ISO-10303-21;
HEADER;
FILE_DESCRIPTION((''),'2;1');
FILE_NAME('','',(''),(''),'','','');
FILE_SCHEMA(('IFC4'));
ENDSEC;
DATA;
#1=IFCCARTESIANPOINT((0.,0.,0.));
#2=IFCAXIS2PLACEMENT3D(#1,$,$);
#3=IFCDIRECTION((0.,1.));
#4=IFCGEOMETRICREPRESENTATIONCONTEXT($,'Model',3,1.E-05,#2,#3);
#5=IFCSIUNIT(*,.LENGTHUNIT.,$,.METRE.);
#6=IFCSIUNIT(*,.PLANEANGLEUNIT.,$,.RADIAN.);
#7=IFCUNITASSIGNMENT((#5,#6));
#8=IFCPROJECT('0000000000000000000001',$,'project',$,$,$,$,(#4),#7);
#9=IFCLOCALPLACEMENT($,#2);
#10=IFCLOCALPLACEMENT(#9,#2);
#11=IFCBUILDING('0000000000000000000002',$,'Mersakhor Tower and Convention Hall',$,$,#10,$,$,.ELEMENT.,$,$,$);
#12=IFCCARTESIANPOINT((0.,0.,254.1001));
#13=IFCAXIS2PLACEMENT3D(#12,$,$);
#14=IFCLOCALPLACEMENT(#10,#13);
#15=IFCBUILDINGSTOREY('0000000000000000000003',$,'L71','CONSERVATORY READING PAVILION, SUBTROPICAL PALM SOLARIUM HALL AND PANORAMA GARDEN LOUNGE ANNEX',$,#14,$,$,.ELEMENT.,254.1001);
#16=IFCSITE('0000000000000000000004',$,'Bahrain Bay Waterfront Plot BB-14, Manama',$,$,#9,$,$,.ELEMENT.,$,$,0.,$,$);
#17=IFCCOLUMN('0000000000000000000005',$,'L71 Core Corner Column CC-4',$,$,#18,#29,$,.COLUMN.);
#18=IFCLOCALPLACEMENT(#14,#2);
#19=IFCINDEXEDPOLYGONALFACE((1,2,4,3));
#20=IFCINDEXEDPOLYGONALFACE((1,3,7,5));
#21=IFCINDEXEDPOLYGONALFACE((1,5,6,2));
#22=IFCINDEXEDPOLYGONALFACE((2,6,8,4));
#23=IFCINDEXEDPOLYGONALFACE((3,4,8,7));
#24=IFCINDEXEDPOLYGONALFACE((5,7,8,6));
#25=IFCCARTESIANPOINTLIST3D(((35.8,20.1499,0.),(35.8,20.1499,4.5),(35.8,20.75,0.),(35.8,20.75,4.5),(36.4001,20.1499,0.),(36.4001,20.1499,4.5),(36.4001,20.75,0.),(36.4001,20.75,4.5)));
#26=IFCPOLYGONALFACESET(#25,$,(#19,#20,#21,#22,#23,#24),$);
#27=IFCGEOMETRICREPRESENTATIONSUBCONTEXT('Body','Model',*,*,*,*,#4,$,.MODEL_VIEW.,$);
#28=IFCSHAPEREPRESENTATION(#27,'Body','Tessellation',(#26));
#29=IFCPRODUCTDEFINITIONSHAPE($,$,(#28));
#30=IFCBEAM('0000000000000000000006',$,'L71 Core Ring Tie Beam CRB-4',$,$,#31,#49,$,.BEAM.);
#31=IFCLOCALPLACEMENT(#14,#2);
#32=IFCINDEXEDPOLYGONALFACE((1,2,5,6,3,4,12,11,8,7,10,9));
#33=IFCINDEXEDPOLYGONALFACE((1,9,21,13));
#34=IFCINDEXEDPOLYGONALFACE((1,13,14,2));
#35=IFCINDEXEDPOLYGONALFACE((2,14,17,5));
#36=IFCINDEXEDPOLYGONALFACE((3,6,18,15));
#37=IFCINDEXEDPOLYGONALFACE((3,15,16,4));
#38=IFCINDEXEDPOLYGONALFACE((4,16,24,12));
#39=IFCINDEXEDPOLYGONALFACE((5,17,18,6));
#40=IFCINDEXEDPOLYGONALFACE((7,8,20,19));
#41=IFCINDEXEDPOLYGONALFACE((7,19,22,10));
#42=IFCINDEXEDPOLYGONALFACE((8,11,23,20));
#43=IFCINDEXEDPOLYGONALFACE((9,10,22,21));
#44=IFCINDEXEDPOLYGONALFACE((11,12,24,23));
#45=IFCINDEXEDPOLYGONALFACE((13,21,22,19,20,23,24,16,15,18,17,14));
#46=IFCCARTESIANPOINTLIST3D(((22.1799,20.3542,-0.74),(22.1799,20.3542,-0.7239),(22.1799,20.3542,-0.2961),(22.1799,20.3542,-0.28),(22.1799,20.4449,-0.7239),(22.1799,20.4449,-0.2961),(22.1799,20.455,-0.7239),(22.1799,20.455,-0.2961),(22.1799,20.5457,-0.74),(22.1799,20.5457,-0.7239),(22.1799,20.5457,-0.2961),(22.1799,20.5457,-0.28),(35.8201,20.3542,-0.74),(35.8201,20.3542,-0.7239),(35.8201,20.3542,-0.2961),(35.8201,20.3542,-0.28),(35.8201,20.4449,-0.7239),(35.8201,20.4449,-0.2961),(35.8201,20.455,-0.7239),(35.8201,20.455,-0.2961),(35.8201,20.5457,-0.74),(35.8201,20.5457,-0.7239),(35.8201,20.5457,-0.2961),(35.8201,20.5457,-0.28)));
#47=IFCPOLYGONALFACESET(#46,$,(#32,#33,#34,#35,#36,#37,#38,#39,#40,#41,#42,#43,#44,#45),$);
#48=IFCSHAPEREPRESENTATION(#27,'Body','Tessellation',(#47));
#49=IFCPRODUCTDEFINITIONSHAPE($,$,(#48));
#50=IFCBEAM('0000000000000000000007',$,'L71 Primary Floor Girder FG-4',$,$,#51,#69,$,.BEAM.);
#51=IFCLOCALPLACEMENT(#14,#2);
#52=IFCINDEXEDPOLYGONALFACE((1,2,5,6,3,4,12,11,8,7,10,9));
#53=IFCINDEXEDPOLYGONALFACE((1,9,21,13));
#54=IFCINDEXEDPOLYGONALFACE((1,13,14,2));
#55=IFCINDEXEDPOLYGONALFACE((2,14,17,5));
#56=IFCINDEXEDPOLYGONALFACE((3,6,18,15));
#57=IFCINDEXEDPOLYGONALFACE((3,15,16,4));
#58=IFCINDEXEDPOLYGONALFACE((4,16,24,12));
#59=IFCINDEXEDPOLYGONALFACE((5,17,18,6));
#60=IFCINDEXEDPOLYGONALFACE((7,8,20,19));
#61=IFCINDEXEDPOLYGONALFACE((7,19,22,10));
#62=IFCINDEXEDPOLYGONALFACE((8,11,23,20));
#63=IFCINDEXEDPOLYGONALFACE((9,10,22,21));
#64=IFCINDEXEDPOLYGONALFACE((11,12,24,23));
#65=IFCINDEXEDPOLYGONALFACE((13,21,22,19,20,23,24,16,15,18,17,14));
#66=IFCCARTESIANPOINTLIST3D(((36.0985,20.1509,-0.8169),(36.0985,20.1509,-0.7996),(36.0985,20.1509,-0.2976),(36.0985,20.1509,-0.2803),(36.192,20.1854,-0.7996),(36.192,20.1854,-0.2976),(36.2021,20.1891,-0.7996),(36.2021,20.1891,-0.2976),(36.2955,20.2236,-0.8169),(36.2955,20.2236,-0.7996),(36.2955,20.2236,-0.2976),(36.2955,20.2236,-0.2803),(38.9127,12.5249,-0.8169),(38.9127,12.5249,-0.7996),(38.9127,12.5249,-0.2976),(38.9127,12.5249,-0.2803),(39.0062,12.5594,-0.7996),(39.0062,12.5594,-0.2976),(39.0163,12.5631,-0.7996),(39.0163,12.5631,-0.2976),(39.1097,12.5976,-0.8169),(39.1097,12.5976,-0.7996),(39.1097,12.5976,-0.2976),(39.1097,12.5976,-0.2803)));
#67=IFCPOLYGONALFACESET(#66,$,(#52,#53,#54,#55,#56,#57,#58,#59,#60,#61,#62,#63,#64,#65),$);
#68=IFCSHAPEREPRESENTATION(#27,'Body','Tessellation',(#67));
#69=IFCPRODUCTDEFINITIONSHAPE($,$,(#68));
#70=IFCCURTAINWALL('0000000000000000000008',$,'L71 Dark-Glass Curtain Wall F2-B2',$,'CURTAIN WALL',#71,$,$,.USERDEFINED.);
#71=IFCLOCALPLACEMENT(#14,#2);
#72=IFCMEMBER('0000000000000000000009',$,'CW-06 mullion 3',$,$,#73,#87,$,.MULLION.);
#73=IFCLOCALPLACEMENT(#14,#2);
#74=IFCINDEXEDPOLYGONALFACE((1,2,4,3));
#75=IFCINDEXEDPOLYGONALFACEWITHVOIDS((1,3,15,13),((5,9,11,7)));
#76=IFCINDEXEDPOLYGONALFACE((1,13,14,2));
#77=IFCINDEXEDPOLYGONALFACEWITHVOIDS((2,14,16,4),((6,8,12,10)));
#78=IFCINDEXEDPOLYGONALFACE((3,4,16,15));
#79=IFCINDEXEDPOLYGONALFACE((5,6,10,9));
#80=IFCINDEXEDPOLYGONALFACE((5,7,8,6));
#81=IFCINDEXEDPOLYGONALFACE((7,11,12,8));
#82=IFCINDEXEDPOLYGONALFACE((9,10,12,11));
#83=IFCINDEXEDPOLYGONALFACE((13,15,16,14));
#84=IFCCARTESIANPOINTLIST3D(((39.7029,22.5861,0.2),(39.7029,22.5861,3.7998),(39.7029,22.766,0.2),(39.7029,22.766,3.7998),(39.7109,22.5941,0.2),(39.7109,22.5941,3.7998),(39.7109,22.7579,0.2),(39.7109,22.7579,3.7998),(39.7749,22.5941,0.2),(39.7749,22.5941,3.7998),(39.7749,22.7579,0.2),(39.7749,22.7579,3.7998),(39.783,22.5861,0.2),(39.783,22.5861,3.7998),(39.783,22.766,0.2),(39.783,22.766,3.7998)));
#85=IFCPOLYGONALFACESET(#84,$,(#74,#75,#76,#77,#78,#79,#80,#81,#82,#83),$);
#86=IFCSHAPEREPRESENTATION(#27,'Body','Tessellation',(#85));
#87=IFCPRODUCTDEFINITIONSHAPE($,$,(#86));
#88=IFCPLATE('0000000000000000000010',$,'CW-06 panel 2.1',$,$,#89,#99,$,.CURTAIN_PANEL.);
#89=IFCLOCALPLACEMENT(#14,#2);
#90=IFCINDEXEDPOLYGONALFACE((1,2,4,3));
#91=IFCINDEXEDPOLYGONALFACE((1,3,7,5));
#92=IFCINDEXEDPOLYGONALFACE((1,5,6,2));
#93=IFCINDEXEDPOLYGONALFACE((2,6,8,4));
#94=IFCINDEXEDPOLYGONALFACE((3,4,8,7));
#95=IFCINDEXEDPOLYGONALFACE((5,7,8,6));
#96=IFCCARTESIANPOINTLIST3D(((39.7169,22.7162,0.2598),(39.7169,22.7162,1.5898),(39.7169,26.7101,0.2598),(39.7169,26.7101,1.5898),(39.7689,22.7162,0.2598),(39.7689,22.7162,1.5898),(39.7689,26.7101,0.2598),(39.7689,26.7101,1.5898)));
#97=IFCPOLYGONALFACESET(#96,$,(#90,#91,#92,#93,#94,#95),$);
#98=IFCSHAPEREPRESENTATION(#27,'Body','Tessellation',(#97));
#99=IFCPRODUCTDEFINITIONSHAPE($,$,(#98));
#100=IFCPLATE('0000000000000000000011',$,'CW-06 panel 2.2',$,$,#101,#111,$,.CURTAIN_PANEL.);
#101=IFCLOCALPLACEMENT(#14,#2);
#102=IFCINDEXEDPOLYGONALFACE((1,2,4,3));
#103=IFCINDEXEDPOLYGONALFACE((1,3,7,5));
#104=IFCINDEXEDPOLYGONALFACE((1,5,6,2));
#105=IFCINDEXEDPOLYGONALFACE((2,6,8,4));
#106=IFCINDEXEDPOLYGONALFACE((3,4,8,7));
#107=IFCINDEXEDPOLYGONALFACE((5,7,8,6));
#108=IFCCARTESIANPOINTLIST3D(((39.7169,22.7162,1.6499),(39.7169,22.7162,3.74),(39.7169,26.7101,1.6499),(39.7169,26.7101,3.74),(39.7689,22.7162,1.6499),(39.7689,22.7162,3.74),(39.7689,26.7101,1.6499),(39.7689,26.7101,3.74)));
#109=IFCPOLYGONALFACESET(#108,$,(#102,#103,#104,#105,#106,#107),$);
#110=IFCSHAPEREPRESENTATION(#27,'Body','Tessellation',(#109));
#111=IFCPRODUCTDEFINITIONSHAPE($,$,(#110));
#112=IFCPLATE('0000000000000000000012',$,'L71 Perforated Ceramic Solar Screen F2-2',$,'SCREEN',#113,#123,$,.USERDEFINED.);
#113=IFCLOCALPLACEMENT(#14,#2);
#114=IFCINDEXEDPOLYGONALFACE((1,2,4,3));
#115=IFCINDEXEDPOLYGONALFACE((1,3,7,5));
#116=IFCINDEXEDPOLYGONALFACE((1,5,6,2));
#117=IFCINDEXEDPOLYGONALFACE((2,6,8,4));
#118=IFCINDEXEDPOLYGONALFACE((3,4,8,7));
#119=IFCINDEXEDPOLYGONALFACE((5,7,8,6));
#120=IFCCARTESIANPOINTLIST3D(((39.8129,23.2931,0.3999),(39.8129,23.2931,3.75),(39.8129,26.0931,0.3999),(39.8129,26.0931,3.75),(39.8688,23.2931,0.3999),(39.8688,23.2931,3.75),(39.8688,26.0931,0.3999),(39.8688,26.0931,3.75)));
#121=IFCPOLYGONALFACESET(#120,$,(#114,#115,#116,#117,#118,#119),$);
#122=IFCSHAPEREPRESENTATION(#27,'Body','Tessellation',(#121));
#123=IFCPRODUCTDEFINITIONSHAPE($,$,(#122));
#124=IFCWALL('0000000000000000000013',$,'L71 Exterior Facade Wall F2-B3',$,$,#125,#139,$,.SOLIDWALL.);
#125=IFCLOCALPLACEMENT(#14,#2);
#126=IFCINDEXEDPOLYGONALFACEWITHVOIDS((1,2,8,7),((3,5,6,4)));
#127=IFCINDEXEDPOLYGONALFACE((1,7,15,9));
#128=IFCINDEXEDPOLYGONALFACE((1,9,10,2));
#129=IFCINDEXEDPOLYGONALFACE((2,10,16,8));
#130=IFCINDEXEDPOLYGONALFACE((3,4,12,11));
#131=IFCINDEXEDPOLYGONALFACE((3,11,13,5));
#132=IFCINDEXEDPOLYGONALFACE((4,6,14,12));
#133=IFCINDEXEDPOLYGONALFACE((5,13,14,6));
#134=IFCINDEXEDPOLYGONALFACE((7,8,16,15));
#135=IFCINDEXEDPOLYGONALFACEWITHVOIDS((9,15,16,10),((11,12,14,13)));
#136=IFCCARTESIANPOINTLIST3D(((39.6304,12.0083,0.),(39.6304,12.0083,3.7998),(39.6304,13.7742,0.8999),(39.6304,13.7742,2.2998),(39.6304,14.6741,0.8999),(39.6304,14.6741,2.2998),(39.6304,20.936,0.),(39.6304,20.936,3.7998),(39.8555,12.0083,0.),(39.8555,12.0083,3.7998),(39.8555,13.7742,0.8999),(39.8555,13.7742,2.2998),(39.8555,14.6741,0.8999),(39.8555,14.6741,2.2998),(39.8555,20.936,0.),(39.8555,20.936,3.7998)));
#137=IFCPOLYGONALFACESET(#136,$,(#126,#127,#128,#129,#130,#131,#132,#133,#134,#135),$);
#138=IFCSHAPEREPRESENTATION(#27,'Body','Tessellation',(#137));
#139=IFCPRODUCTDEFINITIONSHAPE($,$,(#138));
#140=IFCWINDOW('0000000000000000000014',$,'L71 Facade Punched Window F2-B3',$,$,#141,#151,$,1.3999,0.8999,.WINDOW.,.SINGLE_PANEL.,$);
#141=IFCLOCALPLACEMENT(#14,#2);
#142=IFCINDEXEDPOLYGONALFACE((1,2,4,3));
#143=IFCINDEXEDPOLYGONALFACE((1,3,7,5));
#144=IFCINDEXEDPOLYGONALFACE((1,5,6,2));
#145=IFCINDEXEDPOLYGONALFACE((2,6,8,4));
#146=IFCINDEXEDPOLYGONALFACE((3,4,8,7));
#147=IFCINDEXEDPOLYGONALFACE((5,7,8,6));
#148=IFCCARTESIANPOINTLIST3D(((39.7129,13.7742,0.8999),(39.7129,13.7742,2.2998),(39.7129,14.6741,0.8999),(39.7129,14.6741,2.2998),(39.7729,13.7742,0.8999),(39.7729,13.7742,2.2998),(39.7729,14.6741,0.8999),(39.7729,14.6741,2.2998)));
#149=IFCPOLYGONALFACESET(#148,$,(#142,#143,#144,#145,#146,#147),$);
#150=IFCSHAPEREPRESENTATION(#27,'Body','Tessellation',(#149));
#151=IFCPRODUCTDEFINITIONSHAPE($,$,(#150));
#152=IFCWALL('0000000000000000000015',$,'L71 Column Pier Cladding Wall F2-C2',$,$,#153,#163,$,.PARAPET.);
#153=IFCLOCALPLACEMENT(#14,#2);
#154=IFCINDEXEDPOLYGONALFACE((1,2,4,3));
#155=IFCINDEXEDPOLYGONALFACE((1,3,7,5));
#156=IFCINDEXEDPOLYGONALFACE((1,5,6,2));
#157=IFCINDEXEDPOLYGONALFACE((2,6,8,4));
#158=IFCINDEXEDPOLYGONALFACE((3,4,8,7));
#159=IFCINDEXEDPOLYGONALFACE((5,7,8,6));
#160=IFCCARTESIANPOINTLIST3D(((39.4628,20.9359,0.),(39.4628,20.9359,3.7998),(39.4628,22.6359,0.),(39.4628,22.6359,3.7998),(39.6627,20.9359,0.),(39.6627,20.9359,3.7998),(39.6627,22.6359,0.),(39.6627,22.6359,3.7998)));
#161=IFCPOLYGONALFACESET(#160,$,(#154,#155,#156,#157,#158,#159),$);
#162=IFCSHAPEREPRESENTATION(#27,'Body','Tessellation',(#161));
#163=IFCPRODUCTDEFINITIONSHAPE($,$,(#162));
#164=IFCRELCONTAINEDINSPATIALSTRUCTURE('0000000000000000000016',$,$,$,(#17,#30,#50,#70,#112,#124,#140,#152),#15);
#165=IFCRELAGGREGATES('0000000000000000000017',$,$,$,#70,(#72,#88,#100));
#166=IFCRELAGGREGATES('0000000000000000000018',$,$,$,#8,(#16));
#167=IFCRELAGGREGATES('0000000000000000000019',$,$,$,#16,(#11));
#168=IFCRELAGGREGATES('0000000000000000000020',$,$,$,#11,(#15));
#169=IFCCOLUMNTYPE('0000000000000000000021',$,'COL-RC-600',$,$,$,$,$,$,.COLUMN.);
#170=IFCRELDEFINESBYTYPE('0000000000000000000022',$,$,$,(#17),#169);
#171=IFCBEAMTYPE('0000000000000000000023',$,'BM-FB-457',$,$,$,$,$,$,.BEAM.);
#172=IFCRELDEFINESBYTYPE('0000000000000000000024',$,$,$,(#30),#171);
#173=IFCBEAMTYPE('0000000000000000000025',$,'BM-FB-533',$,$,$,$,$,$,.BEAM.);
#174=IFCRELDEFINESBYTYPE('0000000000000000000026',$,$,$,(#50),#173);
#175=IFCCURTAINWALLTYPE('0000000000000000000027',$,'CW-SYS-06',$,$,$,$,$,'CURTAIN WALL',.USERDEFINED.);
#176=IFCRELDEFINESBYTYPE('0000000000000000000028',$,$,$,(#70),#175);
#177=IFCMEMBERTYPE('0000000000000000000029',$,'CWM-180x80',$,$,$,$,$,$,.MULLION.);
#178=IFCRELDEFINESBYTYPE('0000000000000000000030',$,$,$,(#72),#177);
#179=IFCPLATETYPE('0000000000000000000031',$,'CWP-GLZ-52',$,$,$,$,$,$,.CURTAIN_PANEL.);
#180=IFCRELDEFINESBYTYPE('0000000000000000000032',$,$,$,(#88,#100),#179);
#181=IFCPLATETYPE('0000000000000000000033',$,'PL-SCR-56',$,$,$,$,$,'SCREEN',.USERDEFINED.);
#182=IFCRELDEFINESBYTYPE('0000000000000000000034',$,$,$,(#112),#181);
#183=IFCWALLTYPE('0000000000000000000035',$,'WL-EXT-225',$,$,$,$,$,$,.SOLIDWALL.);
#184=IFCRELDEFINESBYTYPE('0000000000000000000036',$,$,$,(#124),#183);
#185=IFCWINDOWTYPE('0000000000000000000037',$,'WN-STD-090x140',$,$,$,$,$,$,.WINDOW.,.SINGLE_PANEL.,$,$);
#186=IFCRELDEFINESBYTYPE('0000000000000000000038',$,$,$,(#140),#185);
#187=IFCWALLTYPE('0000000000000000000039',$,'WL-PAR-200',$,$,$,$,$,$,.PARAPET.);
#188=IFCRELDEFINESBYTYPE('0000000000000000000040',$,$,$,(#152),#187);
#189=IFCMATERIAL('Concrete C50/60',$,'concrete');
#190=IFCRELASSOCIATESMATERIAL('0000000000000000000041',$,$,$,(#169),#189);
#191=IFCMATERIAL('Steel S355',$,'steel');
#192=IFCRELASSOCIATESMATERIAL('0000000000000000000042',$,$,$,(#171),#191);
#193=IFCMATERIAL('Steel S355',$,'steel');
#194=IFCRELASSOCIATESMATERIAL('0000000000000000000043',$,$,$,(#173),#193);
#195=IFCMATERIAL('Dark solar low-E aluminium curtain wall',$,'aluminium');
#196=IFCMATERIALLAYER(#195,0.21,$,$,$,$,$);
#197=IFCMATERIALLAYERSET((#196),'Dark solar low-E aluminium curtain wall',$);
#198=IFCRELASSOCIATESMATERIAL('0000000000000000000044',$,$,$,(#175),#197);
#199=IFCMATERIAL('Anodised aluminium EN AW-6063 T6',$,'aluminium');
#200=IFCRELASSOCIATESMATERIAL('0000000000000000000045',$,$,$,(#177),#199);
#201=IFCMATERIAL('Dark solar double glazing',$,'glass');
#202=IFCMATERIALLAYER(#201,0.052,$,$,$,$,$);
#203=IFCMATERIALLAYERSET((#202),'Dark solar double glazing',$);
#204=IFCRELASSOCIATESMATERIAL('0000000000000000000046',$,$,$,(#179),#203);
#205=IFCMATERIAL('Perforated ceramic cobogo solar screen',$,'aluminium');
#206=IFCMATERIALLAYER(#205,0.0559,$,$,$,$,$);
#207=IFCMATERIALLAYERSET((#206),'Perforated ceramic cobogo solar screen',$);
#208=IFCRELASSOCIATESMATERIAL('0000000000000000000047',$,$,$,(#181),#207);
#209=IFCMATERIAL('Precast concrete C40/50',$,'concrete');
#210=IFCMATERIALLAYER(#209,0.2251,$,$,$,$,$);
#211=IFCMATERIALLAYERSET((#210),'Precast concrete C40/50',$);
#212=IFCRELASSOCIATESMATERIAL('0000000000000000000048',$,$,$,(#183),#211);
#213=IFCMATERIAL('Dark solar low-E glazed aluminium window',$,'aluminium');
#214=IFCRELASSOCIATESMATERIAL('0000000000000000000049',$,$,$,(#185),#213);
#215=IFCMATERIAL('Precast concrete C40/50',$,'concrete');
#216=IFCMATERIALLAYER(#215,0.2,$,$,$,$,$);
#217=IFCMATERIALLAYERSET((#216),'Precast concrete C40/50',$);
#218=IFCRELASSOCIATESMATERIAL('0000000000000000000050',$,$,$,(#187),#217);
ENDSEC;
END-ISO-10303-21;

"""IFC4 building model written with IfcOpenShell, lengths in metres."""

from ifc_helpers import new_model, si_unit, direction, frame, frame_2d, origin, origin_2d, place, context, subcontext, project, spatial, rectangle, hollow_rectangle, i_section, extrude, material, layer, layer_set, material_profile, profile_set, type_object, element, fill, aggregate, save


model = new_model("IFC4")

# Units and contexts
model_context = context("Model", 3, precision=1e-05, world=origin(), true_north=direction((0.0, 1.0)))
body_context = subcontext(model_context, "Body", "Model", "MODEL_VIEW")
ifc_project = project(units=[si_unit("LENGTHUNIT", "METRE"), si_unit("PLANEANGLEUNIT", "RADIAN")], contexts=[model_context])

# Site, building, storey
site_placement = place(None, origin())
site = spatial("IfcSite", under=ifc_project, at=site_placement, Name="Bahrain Bay Waterfront Plot BB-14, Manama", CompositionType="ELEMENT", RefElevation=0.0)
building_placement = place(site_placement, origin())
building = spatial("IfcBuilding", under=site, at=building_placement, Name="Mersakhor Tower and Convention Hall", CompositionType="ELEMENT")
storey_placement = place(building_placement, frame((0.0, 0.0, 254.1001)))
storey = spatial("IfcBuildingStorey", under=building, at=storey_placement, Name="L71", Description="CONSERVATORY READING PAVILION, SUBTROPICAL PALM SOLARIUM HALL AND PANORAMA GARDEN LOUNGE ANNEX", CompositionType="ELEMENT", Elevation=254.1001)

# Column
ifc_material_1 = material(Name="Concrete C50/60", Category="concrete")
ifc_material_profile_1 = material_profile(ifc_material_1, rectangle(XDim=0.6001, YDim=0.6001, at=origin_2d()), Name="RC 600x600")
ifc_profile_set_1 = profile_set([ifc_material_profile_1], Name="Concrete C50/60")
column_type = type_object("IfcColumnType", Name="COL-RC-600", PredefinedType="COLUMN", material=ifc_profile_set_1)
column_placement = place(storey_placement, frame((36.1001, 20.45, 0.0), z_axis=(0.0, 0.0, 1.0), x_axis=(1.0, 0.0, 0.0)))
element("IfcColumn", 1, at=column_placement, inside=storey, type_object=column_type, Name="L71 Core Corner Column CC-4", PredefinedType="COLUMN", context=body_context, shape_type="SweptSolid", body=[
    extrude(rectangle(XDim=0.6001, YDim=0.6001, at=origin_2d()), origin(), (0.0, 0.0, 1.0), 4.5),
])

# Beams
ifc_material_2 = material(Name="Steel S355", Category="steel")
ifc_material_profile_2 = material_profile(ifc_material_2, i_section(OverallWidth=0.1914, OverallDepth=0.46, WebThickness=0.01, FlangeThickness=0.0161, at=origin_2d()), Name="UB 457x191x82")
ifc_profile_set_2 = profile_set([ifc_material_profile_2], Name="Steel S355")
beam_type_1 = type_object("IfcBeamType", Name="BM-FB-457", PredefinedType="BEAM", material=ifc_profile_set_2)
beam_1_placement = place(storey_placement, frame((35.8201, 20.45, -0.51), z_axis=(-1.0, 0.0, 0.0), x_axis=(0.0, -1.0, 0.0)))
element("IfcBeam", 2, at=beam_1_placement, inside=storey, type_object=beam_type_1, Name="L71 Core Ring Tie Beam CRB-4", PredefinedType="BEAM", context=body_context, shape_type="SweptSolid", body=[
    extrude(i_section(OverallWidth=0.1914, OverallDepth=0.46, WebThickness=0.01, FlangeThickness=0.0161, at=origin_2d()), origin(), (0.0, 0.0, 1.0), 13.6401),
])
ifc_material_3 = material(Name="Steel S355", Category="steel")
ifc_material_profile_3 = material_profile(ifc_material_3, i_section(OverallWidth=0.21, OverallDepth=0.5366, WebThickness=0.0107, FlangeThickness=0.0173, at=origin_2d()), Name="UB 533x210x101")
ifc_profile_set_3 = profile_set([ifc_material_profile_3], Name="Steel S355")
beam_type_2 = type_object("IfcBeamType", Name="BM-FB-533", PredefinedType="BEAM", material=ifc_profile_set_3)
beam_2_placement = place(storey_placement, frame((36.197, 20.1873, -0.5486), z_axis=(0.346208, -0.938158, 0.0), x_axis=(0.938158, 0.346208, 0.0)))
element("IfcBeam", 3, at=beam_2_placement, inside=storey, type_object=beam_type_2, Name="L71 Primary Floor Girder FG-4", PredefinedType="BEAM", context=body_context, shape_type="SweptSolid", body=[
    extrude(i_section(OverallWidth=0.21, OverallDepth=0.5366, WebThickness=0.0107, FlangeThickness=0.0173, at=origin_2d()), origin(), (0.0, 0.0, 1.0), 8.1287),
])

# Curtain wall, member, plates
ifc_material_4 = material(Name="Dark solar low-E aluminium curtain wall", Category="aluminium")
ifc_layer_1 = layer(ifc_material_4, 0.21)
ifc_layer_set_1 = layer_set([ifc_layer_1], Name="Dark solar low-E aluminium curtain wall")
curtain_wall_type = type_object("IfcCurtainWallType", Name="CW-SYS-06", ElementType="CURTAIN WALL", PredefinedType="USERDEFINED", material=ifc_layer_set_1)
curtain_wall_placement = place(storey_placement, origin())
curtain_wall = element("IfcCurtainWall", 4, at=curtain_wall_placement, inside=storey, type_object=curtain_wall_type, Name="L71 Dark-Glass Curtain Wall F2-B2", ObjectType="CURTAIN WALL", PredefinedType="USERDEFINED")
ifc_material_5 = material(Name="Anodised aluminium EN AW-6063 T6", Category="aluminium")
ifc_material_profile_4 = material_profile(ifc_material_5, hollow_rectangle(XDim=0.0801, YDim=0.1799, WallThickness=0.0081, at=origin_2d()), Name="RHS 180x80x8")
ifc_profile_set_4 = profile_set([ifc_material_profile_4], Name="Anodised aluminium EN AW-6063 T6")
member_type = type_object("IfcMemberType", Name="CWM-180x80", PredefinedType="MULLION", material=ifc_profile_set_4)
member_placement = place(storey_placement, frame((39.7429, 22.676, 0.2), z_axis=(0.0, 0.0, 1.0), x_axis=(1.0, 0.0, 0.0)))
member = element("IfcMember", 5, at=member_placement, type_object=member_type, Name="CW-06 mullion 3", PredefinedType="MULLION", context=body_context, shape_type="SweptSolid", body=[
    extrude(hollow_rectangle(XDim=0.0801, YDim=0.1799, WallThickness=0.0081, at=origin_2d()), origin(), (0.0, 0.0, 1.0), 3.5999),
])
ifc_material_6 = material(Name="Dark solar double glazing", Category="glass")
ifc_layer_2 = layer(ifc_material_6, 0.052)
ifc_layer_set_2 = layer_set([ifc_layer_2], Name="Dark solar double glazing")
plate_type_1 = type_object("IfcPlateType", Name="CWP-GLZ-52", PredefinedType="CURTAIN_PANEL", material=ifc_layer_set_2)
plate_1_placement = place(storey_placement, frame((39.7429, 24.7131, 0.2598), z_axis=(0.0, 0.0, 1.0), x_axis=(0.0, -1.0, 0.0)))
plate_1 = element("IfcPlate", 6, at=plate_1_placement, type_object=plate_type_1, Name="CW-06 panel 2.1", PredefinedType="CURTAIN_PANEL", context=body_context, shape_type="SweptSolid", body=[
    extrude(rectangle(XDim=3.9939, YDim=0.052, at=origin_2d()), origin(), (0.0, 0.0, 1.0), 1.3301),
])
plate_2_placement = place(storey_placement, frame((39.7429, 24.7131, 1.6499), z_axis=(0.0, 0.0, 1.0), x_axis=(0.0, -1.0, 0.0)))
plate_2 = element("IfcPlate", 7, at=plate_2_placement, type_object=plate_type_1, Name="CW-06 panel 2.2", PredefinedType="CURTAIN_PANEL", context=body_context, shape_type="SweptSolid", body=[
    extrude(rectangle(XDim=3.9939, YDim=0.052, at=origin_2d()), origin(), (0.0, 0.0, 1.0), 2.0901),
])
aggregate(curtain_wall, [member, plate_1, plate_2])

# Plate
ifc_material_7 = material(Name="Perforated ceramic cobogo solar screen", Category="aluminium")
ifc_layer_3 = layer(ifc_material_7, 0.0559)
ifc_layer_set_3 = layer_set([ifc_layer_3], Name="Perforated ceramic cobogo solar screen")
plate_type_2 = type_object("IfcPlateType", Name="PL-SCR-56", ElementType="SCREEN", PredefinedType="USERDEFINED", material=ifc_layer_set_3)
plate_3_placement = place(storey_placement, frame((39.8408, 24.6931, 0.3999), z_axis=(0.0, 0.0, 1.0), x_axis=(0.0, -1.0, 0.0)))
element("IfcPlate", 8, at=plate_3_placement, inside=storey, type_object=plate_type_2, Name="L71 Perforated Ceramic Solar Screen F2-2", ObjectType="SCREEN", PredefinedType="USERDEFINED", context=body_context, shape_type="SweptSolid", body=[
    extrude(rectangle(XDim=2.8, YDim=0.0559, at=origin_2d()), origin(), (0.0, 0.0, 1.0), 3.3501),
])

# Wall, opening, window
ifc_material_8 = material(Name="Precast concrete C40/50", Category="concrete")
ifc_layer_4 = layer(ifc_material_8, 0.2251)
ifc_layer_set_4 = layer_set([ifc_layer_4], Name="Precast concrete C40/50")
wall_type_1 = type_object("IfcWallType", Name="WL-EXT-225", PredefinedType="SOLIDWALL", material=ifc_layer_set_4)
wall_1_placement = place(storey_placement, frame((39.7429, 20.936, 0.0), z_axis=(0.0, 0.0, 1.0), x_axis=(0.0, -1.0, 0.0)))
wall_1 = element("IfcWall", 9, at=wall_1_placement, inside=storey, type_object=wall_type_1, Name="L71 Exterior Facade Wall F2-B3", PredefinedType="SOLIDWALL", context=body_context, shape_type="SweptSolid", body=[
    extrude(rectangle(XDim=8.9277, YDim=0.2251, at=frame_2d((4.4639, 0.0))), origin(), (0.0, 0.0, 1.0), 3.7998),
])
opening_1_placement = place(wall_1_placement, frame((6.262, 0.0, 0.8999)))
opening_1 = element("IfcOpeningElement", 10, at=opening_1_placement, cuts=wall_1, PredefinedType="OPENING", context=body_context, shape_type="SweptSolid", body=[
    extrude(rectangle(XDim=0.8999, YDim=1.3999, at=frame_2d((0.45, 0.7))), frame((0.0, 0.1226, 0.0), z_axis=(0.0, -1.0, 0.0), x_axis=(1.0, 0.0, 0.0)), (0.0, 0.0, 1.0), 0.2451),
])
ifc_material_9 = material(Name="Dark solar low-E glazed aluminium window", Category="aluminium")
window_type = type_object("IfcWindowType", Name="WN-STD-090x140", PartitioningType="SINGLE_PANEL", PredefinedType="WINDOW", material=ifc_material_9)
window_placement = place(opening_1_placement, origin())
window = element("IfcWindow", 11, at=window_placement, inside=storey, type_object=window_type, Name="L71 Facade Punched Window F2-B3", OverallHeight=1.3999, OverallWidth=0.8999, PartitioningType="SINGLE_PANEL", PredefinedType="WINDOW", context=body_context, shape_type="SweptSolid", body=[
    extrude(rectangle(XDim=0.8999, YDim=1.3999, at=frame_2d((0.45, 0.7))), frame((0.0, 0.03, 0.0), z_axis=(0.0, -1.0, 0.0), x_axis=(1.0, 0.0, 0.0)), (0.0, 0.0, 1.0), 0.0601),
])
fill(opening_1, window)

# Wall
ifc_material_10 = material(Name="Precast concrete C40/50", Category="concrete")
ifc_layer_5 = layer(ifc_material_10, 0.2)
ifc_layer_set_5 = layer_set([ifc_layer_5], Name="Precast concrete C40/50")
wall_type_2 = type_object("IfcWallType", Name="WL-PAR-200", PredefinedType="PARAPET", material=ifc_layer_set_5)
wall_2_placement = place(storey_placement, frame((39.5627, 22.636, 0.0), z_axis=(0.0, 0.0, 1.0), x_axis=(0.0, -1.0, 0.0)))
element("IfcWall", 12, at=wall_2_placement, inside=storey, type_object=wall_type_2, Name="L71 Column Pier Cladding Wall F2-C2", PredefinedType="PARAPET", context=body_context, shape_type="SweptSolid", body=[
    extrude(rectangle(XDim=1.7, YDim=0.2, at=frame_2d((0.8501, 0.0))), origin(), (0.0, 0.0, 1.0), 3.7998),
])

save(model, "model.ifc")
